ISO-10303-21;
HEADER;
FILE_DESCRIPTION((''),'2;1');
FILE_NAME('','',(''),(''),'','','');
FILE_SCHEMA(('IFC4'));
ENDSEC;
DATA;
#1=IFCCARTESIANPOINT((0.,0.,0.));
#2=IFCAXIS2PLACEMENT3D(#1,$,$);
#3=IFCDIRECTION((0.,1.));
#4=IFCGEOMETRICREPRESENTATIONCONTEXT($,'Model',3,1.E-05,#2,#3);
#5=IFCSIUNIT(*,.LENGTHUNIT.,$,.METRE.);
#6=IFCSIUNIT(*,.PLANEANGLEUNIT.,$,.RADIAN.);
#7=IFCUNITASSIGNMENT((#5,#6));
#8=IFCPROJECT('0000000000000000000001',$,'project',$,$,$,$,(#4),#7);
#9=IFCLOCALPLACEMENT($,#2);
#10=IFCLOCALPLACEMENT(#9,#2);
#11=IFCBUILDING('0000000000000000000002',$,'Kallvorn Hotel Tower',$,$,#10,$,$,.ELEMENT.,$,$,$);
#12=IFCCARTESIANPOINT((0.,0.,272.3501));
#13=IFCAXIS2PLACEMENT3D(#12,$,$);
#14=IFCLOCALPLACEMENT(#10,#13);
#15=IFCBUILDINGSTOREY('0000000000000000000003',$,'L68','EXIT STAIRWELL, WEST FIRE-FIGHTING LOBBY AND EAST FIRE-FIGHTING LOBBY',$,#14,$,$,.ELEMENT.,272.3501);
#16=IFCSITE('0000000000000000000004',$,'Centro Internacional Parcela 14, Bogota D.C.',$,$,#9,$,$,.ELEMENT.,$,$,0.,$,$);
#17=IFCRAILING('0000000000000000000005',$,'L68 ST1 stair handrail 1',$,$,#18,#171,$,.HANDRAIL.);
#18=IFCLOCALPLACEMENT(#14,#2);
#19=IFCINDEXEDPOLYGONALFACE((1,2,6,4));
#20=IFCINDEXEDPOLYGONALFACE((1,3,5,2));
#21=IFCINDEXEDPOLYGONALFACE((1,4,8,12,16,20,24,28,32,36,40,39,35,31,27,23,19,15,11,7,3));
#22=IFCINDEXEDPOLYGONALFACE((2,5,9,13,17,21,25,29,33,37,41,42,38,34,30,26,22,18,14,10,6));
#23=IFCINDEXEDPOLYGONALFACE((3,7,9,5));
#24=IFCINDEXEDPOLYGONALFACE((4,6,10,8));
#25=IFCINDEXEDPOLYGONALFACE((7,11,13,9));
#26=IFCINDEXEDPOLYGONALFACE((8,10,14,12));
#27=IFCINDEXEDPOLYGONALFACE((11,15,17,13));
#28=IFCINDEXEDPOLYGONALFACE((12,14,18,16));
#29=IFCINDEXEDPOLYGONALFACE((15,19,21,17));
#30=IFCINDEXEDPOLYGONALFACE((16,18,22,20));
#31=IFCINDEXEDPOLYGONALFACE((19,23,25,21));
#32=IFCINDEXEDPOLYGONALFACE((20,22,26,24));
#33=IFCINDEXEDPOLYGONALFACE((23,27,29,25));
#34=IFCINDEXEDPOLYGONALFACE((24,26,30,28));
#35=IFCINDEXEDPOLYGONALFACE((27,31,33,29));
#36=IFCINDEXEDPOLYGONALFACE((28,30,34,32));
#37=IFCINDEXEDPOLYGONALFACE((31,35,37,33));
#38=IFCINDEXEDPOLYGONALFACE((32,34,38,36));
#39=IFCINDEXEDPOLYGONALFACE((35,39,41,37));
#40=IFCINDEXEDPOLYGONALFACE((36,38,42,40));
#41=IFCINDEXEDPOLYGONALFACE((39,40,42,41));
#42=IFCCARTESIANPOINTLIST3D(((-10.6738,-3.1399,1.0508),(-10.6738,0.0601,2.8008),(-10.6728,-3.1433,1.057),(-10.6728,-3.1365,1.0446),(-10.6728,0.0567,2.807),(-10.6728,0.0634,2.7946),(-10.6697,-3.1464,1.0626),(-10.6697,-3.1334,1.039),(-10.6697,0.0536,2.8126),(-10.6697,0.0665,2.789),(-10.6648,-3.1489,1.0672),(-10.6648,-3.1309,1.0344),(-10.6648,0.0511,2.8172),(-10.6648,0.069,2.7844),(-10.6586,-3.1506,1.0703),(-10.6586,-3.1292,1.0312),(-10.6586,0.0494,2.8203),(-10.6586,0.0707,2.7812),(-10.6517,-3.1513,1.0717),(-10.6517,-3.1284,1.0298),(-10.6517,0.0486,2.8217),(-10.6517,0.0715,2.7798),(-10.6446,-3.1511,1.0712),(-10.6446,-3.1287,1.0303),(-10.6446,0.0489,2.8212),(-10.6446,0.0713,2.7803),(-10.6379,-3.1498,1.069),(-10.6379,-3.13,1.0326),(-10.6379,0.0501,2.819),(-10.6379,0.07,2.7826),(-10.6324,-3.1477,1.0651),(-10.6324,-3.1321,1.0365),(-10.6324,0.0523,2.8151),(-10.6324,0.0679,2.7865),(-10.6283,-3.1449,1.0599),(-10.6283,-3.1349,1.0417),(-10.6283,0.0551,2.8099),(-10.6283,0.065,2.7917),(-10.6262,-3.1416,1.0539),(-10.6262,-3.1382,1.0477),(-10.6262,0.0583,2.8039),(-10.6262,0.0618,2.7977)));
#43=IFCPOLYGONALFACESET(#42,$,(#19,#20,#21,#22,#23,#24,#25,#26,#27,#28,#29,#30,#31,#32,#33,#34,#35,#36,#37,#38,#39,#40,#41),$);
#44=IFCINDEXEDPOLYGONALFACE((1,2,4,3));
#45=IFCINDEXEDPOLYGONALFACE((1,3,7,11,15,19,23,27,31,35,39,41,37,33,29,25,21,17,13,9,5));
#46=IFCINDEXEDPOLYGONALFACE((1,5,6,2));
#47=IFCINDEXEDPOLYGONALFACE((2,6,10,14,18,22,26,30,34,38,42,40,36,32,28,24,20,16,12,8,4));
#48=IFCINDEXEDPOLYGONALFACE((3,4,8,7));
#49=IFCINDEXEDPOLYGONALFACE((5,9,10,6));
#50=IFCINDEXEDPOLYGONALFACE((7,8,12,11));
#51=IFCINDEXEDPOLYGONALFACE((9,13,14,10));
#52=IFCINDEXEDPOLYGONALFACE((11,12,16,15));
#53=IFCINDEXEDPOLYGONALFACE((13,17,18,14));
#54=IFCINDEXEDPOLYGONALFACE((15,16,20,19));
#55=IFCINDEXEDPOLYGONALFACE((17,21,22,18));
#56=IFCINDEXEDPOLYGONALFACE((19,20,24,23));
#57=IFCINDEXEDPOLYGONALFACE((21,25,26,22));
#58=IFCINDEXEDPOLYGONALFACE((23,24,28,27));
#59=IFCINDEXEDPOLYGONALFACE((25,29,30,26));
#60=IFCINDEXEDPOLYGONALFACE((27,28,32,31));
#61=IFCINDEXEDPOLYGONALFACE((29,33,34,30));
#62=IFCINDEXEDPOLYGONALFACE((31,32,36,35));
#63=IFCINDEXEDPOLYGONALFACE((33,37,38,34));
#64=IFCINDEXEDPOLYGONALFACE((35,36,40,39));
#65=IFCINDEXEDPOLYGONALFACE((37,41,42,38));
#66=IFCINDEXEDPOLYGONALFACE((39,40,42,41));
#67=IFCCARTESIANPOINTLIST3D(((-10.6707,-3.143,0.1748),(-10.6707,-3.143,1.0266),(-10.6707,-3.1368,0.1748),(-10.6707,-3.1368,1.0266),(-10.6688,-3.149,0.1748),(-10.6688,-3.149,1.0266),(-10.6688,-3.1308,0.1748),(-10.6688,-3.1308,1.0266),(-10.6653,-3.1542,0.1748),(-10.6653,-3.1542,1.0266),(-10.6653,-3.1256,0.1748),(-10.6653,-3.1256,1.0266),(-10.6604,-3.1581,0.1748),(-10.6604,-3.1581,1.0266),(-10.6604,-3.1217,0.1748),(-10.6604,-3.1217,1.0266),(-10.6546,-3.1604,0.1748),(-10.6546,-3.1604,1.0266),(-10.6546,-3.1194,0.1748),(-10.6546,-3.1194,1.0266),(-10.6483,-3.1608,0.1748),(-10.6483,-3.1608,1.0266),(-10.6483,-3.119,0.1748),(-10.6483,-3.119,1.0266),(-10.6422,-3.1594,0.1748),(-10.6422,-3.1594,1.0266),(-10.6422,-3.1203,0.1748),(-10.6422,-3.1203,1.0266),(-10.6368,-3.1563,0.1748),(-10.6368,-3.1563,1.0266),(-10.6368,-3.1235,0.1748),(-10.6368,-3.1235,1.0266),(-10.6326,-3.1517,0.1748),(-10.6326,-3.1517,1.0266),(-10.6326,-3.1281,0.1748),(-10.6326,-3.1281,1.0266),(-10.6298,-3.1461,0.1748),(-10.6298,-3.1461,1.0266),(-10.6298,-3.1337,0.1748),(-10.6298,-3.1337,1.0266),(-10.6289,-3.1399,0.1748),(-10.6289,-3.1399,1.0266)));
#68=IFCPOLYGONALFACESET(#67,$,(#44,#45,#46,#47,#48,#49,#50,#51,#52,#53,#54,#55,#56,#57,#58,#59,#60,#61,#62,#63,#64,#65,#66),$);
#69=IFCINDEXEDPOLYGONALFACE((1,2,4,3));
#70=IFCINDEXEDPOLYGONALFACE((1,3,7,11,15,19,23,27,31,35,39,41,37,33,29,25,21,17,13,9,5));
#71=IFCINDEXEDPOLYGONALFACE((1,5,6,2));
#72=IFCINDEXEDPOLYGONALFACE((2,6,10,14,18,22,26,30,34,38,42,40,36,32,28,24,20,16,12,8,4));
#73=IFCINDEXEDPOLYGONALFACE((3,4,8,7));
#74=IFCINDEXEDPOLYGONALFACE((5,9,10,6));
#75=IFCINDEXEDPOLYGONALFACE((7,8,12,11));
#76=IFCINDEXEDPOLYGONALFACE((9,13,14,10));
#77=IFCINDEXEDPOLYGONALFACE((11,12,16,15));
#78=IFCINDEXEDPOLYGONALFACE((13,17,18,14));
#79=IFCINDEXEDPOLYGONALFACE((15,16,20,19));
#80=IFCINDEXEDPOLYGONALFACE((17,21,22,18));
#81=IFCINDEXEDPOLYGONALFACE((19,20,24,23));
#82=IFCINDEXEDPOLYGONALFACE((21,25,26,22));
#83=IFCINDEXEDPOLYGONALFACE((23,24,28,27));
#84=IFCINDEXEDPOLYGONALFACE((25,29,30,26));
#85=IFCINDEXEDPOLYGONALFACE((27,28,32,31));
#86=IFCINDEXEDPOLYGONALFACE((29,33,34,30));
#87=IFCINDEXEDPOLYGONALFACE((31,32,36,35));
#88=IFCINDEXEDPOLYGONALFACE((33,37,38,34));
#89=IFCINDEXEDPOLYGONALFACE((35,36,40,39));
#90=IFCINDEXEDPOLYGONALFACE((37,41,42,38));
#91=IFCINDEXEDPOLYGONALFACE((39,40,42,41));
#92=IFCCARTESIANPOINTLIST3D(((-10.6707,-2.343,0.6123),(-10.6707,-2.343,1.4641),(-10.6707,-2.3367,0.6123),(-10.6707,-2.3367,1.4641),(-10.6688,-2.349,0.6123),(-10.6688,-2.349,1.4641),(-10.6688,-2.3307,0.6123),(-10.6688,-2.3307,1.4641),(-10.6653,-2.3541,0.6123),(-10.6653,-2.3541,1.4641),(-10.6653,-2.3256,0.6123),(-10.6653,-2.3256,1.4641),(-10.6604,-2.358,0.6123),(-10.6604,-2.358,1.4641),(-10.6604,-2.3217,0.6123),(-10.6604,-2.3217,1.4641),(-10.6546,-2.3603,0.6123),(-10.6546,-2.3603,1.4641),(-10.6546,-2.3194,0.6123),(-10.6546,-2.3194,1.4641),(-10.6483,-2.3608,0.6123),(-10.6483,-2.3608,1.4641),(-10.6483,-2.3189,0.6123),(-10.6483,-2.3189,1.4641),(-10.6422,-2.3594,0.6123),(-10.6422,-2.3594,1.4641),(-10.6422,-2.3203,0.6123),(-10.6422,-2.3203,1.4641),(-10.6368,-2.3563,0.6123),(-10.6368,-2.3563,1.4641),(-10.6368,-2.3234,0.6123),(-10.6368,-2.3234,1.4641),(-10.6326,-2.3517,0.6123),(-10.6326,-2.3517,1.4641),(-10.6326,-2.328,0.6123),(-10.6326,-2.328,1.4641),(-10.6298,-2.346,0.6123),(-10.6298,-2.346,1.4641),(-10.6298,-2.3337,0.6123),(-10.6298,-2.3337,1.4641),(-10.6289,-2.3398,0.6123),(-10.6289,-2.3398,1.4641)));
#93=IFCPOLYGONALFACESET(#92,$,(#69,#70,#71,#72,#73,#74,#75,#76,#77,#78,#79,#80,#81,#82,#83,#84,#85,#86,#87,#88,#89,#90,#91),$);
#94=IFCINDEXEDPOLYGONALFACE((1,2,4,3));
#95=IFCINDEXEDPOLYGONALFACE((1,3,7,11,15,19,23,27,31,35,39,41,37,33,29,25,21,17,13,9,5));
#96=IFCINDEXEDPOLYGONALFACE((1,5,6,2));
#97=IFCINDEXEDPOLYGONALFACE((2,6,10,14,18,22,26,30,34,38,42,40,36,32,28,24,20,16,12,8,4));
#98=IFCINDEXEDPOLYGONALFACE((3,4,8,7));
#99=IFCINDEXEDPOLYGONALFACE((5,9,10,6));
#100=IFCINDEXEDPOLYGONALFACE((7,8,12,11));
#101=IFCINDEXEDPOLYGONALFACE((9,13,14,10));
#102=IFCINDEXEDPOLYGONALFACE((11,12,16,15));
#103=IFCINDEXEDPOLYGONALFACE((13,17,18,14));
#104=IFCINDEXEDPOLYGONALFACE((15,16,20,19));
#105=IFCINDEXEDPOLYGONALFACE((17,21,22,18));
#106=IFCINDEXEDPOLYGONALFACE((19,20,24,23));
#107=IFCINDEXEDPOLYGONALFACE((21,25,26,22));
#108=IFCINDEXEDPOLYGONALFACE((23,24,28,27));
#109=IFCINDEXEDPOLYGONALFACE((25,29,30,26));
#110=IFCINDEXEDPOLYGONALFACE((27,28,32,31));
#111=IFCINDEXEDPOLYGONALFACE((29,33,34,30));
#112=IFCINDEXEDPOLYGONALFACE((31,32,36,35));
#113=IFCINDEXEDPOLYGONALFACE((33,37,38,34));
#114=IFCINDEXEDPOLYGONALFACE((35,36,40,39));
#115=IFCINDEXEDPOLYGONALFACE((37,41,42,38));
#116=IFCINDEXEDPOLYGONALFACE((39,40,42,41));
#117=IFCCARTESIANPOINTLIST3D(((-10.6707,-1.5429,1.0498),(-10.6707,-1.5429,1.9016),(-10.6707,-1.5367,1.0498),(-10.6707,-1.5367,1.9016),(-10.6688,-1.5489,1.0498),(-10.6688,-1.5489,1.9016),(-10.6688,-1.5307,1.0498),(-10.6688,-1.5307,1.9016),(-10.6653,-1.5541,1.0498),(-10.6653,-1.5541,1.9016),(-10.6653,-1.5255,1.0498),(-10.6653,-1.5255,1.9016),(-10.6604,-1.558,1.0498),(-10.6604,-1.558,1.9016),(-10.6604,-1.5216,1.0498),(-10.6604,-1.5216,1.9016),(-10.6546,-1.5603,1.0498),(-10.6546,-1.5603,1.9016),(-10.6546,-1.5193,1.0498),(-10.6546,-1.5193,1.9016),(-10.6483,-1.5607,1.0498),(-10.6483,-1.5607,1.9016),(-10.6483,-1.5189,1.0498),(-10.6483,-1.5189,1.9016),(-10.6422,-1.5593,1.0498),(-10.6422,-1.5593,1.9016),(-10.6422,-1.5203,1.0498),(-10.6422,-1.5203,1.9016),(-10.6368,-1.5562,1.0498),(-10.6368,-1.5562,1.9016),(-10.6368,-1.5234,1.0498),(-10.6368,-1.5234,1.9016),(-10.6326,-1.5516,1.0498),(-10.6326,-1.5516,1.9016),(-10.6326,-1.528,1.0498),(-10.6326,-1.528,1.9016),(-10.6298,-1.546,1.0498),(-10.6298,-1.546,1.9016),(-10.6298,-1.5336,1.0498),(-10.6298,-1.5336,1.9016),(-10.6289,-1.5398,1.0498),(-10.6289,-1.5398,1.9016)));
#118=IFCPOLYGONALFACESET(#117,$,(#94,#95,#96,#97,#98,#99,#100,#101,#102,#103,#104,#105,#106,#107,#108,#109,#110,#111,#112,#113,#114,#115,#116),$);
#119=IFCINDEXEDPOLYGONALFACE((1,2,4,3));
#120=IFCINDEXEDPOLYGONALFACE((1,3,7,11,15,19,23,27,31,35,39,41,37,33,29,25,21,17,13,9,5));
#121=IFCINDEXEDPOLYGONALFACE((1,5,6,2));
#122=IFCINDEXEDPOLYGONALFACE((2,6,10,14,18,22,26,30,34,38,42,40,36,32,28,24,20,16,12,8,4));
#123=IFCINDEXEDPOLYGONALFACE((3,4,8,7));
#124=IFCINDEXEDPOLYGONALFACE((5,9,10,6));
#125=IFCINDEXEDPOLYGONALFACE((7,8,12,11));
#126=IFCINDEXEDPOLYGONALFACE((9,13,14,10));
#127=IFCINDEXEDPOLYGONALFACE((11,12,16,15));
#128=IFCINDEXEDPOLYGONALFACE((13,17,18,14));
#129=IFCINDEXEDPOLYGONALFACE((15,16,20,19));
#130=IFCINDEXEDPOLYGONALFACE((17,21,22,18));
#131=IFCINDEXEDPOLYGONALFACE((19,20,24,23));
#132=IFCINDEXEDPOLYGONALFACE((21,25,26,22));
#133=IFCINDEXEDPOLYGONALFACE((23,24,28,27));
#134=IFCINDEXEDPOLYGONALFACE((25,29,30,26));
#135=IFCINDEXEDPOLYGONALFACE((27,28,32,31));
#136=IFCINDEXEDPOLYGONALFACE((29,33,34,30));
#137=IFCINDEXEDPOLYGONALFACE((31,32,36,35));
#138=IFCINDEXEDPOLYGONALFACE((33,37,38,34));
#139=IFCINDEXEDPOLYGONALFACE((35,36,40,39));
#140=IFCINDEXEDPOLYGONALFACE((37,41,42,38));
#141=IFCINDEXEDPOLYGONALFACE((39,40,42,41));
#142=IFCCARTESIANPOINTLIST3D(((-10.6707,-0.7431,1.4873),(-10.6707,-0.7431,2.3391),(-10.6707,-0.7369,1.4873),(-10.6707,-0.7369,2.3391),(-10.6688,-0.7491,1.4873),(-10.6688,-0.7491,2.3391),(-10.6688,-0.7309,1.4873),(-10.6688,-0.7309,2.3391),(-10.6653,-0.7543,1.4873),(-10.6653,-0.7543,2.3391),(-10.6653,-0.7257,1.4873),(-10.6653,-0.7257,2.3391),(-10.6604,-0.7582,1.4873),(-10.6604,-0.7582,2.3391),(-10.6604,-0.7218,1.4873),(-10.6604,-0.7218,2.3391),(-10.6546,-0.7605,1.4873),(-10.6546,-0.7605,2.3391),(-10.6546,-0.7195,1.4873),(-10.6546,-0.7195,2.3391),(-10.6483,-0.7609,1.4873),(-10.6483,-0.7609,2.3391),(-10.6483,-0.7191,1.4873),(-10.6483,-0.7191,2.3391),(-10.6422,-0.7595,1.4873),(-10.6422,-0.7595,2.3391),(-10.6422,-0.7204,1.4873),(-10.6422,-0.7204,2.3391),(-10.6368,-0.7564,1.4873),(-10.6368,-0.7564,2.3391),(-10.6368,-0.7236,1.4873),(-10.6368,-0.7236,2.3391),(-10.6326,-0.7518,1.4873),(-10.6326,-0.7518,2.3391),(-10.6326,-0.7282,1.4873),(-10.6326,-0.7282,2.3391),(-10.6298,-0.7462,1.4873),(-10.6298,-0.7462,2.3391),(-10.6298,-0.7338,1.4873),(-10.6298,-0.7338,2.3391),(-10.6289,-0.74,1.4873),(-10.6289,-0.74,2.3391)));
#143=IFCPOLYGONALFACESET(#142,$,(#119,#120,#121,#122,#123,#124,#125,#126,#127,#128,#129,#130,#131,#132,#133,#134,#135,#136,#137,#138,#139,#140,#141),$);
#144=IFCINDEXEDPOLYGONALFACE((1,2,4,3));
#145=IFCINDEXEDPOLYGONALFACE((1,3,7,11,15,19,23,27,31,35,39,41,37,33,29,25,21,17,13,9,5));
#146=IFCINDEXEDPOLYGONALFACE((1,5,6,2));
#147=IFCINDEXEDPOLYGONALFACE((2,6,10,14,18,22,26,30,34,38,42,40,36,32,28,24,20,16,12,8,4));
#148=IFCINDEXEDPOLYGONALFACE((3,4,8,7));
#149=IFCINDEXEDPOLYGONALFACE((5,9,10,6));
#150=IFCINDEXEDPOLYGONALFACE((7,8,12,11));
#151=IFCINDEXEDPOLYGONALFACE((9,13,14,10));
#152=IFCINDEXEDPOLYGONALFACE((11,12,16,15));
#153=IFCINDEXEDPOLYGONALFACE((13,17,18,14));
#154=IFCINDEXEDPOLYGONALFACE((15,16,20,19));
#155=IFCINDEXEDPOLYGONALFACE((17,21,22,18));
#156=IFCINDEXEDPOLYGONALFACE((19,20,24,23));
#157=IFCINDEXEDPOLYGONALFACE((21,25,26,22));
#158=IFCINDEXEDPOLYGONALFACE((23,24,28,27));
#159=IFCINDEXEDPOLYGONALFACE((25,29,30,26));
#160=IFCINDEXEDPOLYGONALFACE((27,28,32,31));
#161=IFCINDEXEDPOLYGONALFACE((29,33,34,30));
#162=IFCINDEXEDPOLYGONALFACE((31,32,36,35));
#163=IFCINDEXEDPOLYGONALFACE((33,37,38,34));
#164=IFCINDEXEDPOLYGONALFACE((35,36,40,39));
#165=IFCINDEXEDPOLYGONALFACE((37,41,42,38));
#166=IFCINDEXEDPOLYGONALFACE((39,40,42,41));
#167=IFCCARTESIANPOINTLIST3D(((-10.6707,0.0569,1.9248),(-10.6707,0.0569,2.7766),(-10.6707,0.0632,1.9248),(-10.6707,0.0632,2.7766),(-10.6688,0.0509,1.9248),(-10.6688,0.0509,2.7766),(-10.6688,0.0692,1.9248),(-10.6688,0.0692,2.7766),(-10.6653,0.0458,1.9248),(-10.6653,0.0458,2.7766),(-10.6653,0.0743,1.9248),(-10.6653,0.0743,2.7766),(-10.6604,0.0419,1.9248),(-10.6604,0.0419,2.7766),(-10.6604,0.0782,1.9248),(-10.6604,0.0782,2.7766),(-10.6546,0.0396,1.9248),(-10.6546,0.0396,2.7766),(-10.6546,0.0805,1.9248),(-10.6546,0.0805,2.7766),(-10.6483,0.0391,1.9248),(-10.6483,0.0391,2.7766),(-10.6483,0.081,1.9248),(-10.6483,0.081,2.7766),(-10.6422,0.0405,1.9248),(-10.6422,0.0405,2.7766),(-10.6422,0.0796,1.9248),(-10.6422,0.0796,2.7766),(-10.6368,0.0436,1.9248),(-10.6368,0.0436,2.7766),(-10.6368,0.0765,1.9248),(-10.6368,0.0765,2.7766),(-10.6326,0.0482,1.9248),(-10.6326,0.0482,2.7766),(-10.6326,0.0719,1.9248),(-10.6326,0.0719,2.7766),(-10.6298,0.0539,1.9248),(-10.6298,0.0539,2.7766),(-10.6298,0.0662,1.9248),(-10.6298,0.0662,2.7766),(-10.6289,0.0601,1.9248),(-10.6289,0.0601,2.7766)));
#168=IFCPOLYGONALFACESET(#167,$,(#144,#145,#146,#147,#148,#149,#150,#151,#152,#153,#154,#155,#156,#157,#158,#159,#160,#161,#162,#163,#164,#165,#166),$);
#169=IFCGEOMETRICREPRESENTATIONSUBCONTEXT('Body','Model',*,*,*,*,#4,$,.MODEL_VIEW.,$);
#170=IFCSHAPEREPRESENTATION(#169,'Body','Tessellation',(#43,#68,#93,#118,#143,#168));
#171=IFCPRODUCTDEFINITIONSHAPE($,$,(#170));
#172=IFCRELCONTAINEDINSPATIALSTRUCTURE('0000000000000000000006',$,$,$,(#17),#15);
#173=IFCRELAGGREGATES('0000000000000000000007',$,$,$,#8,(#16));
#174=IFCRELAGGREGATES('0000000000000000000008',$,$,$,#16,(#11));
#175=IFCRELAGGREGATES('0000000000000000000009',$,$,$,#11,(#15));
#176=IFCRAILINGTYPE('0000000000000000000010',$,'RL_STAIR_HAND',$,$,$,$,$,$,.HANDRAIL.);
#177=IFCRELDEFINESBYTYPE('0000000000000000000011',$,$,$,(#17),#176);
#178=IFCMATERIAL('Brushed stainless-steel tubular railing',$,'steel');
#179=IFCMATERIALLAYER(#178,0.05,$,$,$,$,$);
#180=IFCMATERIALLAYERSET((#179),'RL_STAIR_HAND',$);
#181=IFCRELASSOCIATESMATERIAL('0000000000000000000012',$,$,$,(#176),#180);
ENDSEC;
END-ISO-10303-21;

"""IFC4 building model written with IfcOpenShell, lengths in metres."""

from ifc_helpers import new_model, si_unit, direction, frame, origin, origin_2d, place, context, subcontext, project, spatial, circle, extrude, material, layer, layer_set, type_object, element, save


model = new_model("IFC4")

# Units and contexts
model_context = context("Model", 3, precision=1e-05, world=origin(), true_north=direction((0.0, 1.0)))
body_context = subcontext(model_context, "Body", "Model", "MODEL_VIEW")
ifc_project = project(units=[si_unit("LENGTHUNIT", "METRE"), si_unit("PLANEANGLEUNIT", "RADIAN")], contexts=[model_context])

# Site, building, storey
site_placement = place(None, origin())
site = spatial("IfcSite", under=ifc_project, at=site_placement, Name="Centro Internacional Parcela 14, Bogota D.C.", CompositionType="ELEMENT", RefElevation=0.0)
building_placement = place(site_placement, origin())
building = spatial("IfcBuilding", under=site, at=building_placement, Name="Kallvorn Hotel Tower", CompositionType="ELEMENT")
storey_placement = place(building_placement, frame((0.0, 0.0, 272.3501)))
storey = spatial("IfcBuildingStorey", under=building, at=storey_placement, Name="L68", Description="EXIT STAIRWELL, WEST FIRE-FIGHTING LOBBY AND EAST FIRE-FIGHTING LOBBY", CompositionType="ELEMENT", Elevation=272.3501)

# Railing
ifc_material_1 = material(Name="Brushed stainless-steel tubular railing", Category="steel")
ifc_layer_1 = layer(ifc_material_1, 0.05)
ifc_layer_set_1 = layer_set([ifc_layer_1], Name="RL_STAIR_HAND")
railing_type_1 = type_object("IfcRailingType", Name="RL_STAIR_HAND", PredefinedType="HANDRAIL", material=ifc_layer_set_1)
railing_1_placement = place(storey_placement, frame((-10.6499, -3.1399, 0.1748)))
element("IfcRailing", 1, at=railing_1_placement, inside=storey, type_object=railing_type_1, Name="L68 ST1 stair handrail 1", PredefinedType="HANDRAIL", context=body_context, shape_type="SweptSolid", body=[
    extrude(circle(Radius=0.0239, at=origin_2d()), frame((0.0, 0.0, 0.876), z_axis=(0.0, 0.877368, 0.479818), x_axis=(-1.0, 0.0, 0.0)), (0.0, 0.0, 1.0), 3.6472),
    extrude(circle(Radius=0.021, at=origin_2d()), origin(), (0.0, 0.0, 1.0), 0.8518),
    extrude(circle(Radius=0.021, at=origin_2d()), frame((0.0, 0.8, 0.4375)), (0.0, 0.0, 1.0), 0.8518),
    extrude(circle(Radius=0.021, at=origin_2d()), frame((0.0, 1.6001, 0.875)), (0.0, 0.0, 1.0), 0.8518),
    extrude(circle(Radius=0.021, at=origin_2d()), frame((0.0, 2.3999, 1.3125)), (0.0, 0.0, 1.0), 0.8518),
    extrude(circle(Radius=0.021, at=origin_2d()), frame((0.0, 3.2, 1.75)), (0.0, 0.0, 1.0), 0.8518),
])

save(model, "model.ifc")
